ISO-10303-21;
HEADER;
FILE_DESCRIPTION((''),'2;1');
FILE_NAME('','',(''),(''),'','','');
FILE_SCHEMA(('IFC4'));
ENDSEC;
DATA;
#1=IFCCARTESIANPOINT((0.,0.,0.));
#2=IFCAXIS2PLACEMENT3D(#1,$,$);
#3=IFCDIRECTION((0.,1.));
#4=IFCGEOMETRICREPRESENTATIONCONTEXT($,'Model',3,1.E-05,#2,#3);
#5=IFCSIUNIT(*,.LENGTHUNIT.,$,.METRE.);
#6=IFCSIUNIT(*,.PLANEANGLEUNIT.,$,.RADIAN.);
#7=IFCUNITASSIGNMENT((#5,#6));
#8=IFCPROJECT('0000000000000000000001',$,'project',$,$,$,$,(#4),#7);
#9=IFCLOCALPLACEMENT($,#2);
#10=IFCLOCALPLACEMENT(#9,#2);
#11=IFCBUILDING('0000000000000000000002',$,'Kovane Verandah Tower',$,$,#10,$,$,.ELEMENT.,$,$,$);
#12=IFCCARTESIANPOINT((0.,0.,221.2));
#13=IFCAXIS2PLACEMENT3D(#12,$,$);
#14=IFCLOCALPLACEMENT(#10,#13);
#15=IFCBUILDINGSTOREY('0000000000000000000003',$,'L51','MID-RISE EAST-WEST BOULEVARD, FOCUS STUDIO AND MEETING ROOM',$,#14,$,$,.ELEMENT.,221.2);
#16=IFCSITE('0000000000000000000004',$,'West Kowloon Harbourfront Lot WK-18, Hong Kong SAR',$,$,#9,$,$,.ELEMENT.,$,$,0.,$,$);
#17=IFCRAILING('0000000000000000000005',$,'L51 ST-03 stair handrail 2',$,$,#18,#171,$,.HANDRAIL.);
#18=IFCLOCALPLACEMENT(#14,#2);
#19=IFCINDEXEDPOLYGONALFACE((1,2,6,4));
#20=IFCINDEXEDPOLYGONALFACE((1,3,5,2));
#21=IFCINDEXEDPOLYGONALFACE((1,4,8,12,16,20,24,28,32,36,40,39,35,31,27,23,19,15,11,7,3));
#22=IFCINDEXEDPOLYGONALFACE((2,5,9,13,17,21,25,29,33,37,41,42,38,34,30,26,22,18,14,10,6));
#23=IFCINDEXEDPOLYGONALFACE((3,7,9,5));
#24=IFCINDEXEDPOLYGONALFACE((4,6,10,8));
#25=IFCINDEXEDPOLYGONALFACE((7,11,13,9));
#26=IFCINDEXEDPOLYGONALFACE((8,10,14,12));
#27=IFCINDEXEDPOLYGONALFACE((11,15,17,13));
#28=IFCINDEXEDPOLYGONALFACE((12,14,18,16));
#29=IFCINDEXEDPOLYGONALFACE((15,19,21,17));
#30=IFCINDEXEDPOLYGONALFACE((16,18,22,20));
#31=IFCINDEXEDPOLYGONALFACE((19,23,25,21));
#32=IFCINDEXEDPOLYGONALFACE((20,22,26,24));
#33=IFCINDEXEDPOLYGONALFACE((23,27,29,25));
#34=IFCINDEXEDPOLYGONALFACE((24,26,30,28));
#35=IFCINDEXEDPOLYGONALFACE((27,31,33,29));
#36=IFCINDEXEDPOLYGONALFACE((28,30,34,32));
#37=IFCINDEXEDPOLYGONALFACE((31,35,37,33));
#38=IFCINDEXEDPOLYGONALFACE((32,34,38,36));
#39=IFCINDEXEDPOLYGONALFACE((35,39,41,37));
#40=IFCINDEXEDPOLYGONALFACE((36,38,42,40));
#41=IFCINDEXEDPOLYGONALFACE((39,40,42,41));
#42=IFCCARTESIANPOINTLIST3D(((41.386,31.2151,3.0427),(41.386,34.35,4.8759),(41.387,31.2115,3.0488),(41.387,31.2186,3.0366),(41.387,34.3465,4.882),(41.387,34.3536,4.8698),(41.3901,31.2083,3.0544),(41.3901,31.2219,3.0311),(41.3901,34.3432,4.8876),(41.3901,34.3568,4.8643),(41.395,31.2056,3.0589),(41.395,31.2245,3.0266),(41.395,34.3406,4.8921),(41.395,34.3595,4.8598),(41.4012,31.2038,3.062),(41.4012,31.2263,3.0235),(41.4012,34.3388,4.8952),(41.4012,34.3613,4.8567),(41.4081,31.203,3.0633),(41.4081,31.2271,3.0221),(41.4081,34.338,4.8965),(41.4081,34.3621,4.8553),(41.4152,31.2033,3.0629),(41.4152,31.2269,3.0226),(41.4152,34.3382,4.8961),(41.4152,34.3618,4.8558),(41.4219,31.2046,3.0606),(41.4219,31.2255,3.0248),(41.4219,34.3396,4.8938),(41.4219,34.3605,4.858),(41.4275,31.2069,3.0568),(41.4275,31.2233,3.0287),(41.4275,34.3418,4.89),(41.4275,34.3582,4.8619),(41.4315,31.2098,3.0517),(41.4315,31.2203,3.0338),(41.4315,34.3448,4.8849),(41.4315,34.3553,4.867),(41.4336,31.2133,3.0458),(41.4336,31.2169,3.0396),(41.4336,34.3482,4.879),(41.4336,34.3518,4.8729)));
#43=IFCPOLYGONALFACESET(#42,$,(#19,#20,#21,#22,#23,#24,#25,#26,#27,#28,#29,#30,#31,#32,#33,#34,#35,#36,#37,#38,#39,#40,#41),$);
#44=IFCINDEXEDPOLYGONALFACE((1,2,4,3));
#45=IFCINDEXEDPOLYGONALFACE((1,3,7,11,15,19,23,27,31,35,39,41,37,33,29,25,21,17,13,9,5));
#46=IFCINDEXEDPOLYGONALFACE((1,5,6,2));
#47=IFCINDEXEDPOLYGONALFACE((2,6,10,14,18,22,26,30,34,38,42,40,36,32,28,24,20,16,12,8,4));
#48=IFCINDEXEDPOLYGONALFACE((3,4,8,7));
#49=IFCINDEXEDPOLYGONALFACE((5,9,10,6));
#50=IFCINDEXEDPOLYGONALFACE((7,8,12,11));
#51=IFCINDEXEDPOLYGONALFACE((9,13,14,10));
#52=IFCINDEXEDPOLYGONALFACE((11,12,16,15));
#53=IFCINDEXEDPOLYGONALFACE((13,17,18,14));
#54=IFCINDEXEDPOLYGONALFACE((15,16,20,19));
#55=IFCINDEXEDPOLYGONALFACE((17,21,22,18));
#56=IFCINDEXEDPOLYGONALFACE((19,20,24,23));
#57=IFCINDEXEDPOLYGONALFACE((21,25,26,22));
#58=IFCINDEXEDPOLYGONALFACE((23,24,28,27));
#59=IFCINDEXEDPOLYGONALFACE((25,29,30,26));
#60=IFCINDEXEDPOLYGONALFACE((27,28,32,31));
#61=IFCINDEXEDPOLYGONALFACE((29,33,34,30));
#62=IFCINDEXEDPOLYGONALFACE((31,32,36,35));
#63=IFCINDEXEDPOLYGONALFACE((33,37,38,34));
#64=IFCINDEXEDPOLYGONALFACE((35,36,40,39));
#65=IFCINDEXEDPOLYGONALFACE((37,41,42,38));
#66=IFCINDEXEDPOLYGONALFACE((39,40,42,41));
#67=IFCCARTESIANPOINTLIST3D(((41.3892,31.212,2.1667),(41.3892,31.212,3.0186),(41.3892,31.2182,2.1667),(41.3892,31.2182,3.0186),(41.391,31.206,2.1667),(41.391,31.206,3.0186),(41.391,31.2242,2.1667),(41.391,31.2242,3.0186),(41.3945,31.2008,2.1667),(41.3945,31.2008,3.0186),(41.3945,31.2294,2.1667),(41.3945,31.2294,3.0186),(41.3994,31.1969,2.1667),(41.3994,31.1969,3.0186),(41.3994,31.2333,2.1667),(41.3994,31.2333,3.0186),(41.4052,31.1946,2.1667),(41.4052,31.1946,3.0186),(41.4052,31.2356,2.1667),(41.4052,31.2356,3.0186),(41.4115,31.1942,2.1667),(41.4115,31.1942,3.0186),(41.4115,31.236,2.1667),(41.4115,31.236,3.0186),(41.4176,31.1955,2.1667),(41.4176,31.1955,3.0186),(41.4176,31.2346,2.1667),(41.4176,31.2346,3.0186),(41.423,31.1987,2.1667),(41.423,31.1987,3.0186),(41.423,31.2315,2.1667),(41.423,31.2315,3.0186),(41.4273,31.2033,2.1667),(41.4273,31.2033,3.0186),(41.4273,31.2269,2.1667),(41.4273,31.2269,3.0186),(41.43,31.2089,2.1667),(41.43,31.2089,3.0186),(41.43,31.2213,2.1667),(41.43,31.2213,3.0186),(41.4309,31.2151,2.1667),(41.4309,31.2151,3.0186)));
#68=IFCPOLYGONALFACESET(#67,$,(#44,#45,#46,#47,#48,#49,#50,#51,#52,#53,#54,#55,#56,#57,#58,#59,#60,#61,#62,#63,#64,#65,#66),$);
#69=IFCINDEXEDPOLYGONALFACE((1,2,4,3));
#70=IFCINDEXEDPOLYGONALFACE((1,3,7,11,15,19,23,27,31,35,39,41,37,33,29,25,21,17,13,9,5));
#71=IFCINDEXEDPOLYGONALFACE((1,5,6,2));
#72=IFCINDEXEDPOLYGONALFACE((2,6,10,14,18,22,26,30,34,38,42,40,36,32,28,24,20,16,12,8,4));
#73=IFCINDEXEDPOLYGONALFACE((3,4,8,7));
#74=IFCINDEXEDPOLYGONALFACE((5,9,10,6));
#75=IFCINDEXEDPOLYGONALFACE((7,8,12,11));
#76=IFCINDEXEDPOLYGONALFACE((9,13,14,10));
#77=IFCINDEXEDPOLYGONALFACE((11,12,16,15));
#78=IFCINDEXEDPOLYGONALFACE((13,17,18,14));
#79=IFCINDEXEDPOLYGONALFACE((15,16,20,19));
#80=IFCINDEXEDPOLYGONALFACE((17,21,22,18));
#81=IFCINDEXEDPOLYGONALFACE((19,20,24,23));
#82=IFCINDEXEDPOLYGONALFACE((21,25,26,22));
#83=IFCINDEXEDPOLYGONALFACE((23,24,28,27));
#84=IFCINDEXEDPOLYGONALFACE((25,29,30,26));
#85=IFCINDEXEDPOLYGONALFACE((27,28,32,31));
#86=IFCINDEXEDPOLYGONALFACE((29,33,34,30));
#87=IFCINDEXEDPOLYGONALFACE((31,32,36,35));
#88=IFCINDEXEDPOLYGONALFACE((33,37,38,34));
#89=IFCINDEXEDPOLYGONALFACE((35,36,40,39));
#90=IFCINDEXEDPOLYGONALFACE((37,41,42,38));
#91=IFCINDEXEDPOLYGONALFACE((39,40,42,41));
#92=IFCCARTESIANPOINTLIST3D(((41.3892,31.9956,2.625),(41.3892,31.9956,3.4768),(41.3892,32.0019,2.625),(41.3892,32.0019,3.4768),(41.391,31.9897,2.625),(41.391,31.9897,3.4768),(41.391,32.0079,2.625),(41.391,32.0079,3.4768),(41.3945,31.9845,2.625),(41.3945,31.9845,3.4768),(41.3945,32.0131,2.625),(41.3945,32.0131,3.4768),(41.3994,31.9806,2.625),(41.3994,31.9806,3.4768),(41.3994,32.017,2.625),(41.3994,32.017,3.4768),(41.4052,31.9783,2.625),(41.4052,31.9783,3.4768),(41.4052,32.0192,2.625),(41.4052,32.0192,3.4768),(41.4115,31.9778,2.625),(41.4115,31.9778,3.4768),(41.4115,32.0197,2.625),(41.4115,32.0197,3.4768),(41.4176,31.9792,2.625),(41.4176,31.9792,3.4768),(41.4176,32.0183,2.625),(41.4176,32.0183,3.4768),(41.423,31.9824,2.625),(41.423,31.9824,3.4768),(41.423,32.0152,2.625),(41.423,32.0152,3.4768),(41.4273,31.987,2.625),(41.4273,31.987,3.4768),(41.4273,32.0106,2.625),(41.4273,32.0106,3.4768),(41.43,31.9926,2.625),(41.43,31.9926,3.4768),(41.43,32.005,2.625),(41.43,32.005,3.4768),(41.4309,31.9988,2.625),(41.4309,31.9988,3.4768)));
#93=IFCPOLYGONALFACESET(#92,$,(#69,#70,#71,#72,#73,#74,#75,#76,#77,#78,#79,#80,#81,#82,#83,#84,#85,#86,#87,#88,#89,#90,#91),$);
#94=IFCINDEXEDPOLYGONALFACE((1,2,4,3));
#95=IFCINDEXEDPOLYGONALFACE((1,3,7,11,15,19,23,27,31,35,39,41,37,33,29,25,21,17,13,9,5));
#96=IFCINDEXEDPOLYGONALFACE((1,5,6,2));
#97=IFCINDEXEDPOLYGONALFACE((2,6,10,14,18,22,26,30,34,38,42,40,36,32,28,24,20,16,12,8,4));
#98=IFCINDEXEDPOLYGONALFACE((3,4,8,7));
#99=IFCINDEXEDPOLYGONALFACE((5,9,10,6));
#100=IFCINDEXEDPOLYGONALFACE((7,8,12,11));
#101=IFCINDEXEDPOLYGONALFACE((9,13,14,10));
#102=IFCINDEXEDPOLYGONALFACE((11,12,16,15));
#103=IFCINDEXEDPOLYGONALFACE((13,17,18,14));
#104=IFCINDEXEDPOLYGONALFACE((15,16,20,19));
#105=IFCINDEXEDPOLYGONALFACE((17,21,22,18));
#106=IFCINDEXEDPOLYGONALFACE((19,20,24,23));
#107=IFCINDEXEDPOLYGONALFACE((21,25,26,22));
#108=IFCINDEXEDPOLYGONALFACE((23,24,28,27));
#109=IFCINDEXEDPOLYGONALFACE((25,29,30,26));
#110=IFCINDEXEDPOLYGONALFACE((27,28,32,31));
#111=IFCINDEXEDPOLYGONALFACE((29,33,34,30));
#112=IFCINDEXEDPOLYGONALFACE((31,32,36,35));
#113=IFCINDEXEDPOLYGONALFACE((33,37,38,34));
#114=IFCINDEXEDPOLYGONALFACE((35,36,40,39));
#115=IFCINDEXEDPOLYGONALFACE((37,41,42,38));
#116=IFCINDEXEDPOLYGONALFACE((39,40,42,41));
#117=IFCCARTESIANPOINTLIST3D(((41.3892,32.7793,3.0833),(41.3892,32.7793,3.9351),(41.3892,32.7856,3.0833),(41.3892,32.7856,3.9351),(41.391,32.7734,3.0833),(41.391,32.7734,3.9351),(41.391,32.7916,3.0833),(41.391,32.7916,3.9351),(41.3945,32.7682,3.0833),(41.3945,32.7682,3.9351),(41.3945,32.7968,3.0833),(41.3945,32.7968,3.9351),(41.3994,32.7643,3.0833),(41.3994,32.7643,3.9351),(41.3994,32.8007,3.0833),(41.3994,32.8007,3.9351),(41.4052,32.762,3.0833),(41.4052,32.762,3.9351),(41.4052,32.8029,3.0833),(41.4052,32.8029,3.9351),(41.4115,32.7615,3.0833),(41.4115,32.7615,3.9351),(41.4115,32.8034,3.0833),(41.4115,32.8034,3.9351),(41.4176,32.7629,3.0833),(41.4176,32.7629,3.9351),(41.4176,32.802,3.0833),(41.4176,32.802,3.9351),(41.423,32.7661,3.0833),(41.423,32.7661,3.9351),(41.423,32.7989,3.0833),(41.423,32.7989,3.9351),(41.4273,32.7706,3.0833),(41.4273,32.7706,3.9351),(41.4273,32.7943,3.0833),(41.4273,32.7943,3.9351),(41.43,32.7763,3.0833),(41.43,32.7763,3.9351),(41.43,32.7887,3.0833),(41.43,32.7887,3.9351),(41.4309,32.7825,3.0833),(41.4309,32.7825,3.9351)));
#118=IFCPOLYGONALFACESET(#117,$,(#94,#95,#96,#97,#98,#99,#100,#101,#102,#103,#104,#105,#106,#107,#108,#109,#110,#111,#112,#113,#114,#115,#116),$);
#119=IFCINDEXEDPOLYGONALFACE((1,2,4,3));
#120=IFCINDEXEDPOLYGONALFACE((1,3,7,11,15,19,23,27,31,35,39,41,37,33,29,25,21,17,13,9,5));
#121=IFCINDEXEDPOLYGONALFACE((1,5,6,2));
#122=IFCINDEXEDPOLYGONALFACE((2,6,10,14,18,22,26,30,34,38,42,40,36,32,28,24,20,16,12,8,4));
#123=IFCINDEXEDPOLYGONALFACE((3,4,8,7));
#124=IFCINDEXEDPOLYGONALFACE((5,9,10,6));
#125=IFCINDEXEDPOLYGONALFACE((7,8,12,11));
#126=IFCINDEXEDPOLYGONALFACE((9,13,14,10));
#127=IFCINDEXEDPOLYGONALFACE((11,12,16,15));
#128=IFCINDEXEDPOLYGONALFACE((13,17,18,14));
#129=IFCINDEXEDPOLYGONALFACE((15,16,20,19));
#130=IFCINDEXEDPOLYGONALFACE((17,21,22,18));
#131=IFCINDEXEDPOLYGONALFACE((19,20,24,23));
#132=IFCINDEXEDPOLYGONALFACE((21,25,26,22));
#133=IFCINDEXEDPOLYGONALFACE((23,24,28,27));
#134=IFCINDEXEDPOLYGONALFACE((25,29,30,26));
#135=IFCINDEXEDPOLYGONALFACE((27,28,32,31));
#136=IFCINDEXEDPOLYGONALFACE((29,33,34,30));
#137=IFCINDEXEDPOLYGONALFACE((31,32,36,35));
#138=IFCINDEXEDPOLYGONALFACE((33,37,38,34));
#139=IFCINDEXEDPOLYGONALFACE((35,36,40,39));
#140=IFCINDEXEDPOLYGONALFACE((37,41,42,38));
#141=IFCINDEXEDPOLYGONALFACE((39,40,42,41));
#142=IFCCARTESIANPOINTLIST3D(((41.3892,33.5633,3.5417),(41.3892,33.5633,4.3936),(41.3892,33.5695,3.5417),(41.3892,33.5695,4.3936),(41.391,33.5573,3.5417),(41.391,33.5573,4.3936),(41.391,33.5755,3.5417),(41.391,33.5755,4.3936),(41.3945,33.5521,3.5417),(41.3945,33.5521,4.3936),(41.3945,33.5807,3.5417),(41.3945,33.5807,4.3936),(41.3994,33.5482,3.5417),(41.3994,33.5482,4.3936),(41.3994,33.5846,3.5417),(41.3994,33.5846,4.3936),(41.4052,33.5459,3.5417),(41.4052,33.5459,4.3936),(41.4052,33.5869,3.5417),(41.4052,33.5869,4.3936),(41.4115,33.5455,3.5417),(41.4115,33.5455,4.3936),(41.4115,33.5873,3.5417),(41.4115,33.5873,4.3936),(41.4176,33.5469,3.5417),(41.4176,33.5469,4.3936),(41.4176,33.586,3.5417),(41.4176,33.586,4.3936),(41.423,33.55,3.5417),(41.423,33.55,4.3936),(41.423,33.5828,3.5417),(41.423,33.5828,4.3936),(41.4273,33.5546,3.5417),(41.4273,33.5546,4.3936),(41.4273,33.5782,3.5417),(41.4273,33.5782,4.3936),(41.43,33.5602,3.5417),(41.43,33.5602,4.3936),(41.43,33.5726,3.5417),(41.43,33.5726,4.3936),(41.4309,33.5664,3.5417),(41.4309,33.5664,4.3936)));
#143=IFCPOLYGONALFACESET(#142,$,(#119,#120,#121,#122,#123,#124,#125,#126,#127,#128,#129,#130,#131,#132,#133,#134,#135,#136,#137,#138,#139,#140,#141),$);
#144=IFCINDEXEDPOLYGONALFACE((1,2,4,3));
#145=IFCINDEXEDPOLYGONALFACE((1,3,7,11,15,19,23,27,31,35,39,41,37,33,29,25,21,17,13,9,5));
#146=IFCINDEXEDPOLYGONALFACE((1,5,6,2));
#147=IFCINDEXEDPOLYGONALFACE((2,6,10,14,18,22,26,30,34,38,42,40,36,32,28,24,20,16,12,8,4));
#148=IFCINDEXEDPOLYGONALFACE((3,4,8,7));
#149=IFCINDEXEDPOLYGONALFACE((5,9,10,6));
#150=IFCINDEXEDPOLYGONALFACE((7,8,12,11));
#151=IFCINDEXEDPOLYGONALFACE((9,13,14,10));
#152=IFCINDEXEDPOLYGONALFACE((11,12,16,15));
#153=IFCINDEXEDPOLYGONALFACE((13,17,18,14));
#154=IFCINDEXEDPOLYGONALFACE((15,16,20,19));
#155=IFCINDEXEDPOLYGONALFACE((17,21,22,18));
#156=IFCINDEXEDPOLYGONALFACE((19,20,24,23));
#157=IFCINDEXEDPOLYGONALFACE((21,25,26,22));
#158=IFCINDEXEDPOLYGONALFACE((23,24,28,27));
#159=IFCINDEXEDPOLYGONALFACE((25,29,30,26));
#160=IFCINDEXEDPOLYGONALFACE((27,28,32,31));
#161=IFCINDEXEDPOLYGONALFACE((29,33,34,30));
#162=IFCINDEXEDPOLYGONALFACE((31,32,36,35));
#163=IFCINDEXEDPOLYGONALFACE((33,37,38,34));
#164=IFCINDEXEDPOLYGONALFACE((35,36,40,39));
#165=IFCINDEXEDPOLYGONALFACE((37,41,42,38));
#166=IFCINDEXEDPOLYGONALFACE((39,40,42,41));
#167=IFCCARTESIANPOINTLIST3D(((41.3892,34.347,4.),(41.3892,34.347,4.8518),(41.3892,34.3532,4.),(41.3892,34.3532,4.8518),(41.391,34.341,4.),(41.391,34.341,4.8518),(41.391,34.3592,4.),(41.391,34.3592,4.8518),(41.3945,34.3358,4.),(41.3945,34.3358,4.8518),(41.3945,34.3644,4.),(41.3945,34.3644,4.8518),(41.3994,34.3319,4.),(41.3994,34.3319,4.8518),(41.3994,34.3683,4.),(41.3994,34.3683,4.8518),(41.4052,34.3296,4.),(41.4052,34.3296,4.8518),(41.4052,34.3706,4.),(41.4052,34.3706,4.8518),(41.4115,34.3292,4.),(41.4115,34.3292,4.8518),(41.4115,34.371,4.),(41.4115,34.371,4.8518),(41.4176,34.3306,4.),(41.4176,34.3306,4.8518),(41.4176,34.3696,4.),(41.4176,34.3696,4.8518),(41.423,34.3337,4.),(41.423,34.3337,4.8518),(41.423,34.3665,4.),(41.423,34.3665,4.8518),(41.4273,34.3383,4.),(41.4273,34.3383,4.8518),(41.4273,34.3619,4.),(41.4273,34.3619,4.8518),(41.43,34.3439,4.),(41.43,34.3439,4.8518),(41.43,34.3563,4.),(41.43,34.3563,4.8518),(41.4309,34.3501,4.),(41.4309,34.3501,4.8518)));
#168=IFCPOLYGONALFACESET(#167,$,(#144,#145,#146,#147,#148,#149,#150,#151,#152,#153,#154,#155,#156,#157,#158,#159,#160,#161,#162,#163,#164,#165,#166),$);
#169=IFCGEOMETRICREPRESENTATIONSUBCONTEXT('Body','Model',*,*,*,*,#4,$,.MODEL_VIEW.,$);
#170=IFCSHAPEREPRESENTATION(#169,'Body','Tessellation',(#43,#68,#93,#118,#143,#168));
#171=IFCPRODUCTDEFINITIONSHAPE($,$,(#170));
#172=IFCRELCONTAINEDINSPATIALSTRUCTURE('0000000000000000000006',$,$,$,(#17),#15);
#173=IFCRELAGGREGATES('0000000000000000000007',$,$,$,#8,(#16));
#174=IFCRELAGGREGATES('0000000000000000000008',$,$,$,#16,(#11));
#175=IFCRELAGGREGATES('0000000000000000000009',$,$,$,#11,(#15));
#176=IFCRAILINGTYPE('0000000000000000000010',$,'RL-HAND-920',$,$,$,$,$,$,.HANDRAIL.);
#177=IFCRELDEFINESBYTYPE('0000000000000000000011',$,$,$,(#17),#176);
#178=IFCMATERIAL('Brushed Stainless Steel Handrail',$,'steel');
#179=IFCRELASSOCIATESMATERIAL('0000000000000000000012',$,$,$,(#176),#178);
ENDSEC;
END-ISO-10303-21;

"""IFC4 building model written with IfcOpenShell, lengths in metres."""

from ifc_helpers import new_model, si_unit, direction, frame, origin, origin_2d, place, context, subcontext, project, spatial, circle, extrude, material, type_object, element, save


model = new_model("IFC4")

# Units and contexts
model_context = context("Model", 3, precision=1e-05, world=origin(), true_north=direction((0.0, 1.0)))
body_context = subcontext(model_context, "Body", "Model", "MODEL_VIEW")
ifc_project = project(units=[si_unit("LENGTHUNIT", "METRE"), si_unit("PLANEANGLEUNIT", "RADIAN")], contexts=[model_context])

# Site, building, storey
site_placement = place(None, origin())
site = spatial("IfcSite", under=ifc_project, at=site_placement, Name="West Kowloon Harbourfront Lot WK-18, Hong Kong SAR", CompositionType="ELEMENT", RefElevation=0.0)
building_placement = place(site_placement, origin())
building = spatial("IfcBuilding", under=site, at=building_placement, Name="Kovane Verandah Tower", CompositionType="ELEMENT")
storey_placement = place(building_placement, frame((0.0, 0.0, 221.2)))
storey = spatial("IfcBuildingStorey", under=building, at=storey_placement, Name="L51", Description="MID-RISE EAST-WEST BOULEVARD, FOCUS STUDIO AND MEETING ROOM", CompositionType="ELEMENT", Elevation=221.2)

# Railing
ifc_material_1 = material(Name="Brushed Stainless Steel Handrail", Category="steel")
railing_type_1 = type_object("IfcRailingType", Name="RL-HAND-920", PredefinedType="HANDRAIL", material=ifc_material_1)
railing_1_placement = place(storey_placement, frame((41.4099, 31.2151, 2.1667)))
element("IfcRailing", 1, at=railing_1_placement, inside=storey, type_object=railing_type_1, Name="L51 ST-03 stair handrail 2", PredefinedType="HANDRAIL", context=body_context, shape_type="SweptSolid", body=[
    extrude(circle(Radius=0.0239, at=origin_2d()), frame((0.0, 0.0, 0.876), z_axis=(0.0, 0.86324, 0.504794), x_axis=(-1.0, 0.0, 0.0)), (0.0, 0.0, 1.0), 3.6316),
    extrude(circle(Radius=0.021, at=origin_2d()), origin(), (0.0, 0.0, 1.0), 0.8518),
    extrude(circle(Radius=0.021, at=origin_2d()), frame((0.0, 0.7837, 0.4583)), (0.0, 0.0, 1.0), 0.8518),
    extrude(circle(Radius=0.021, at=origin_2d()), frame((0.0, 1.5674, 0.9165)), (0.0, 0.0, 1.0), 0.8518),
    extrude(circle(Radius=0.021, at=origin_2d()), frame((0.0, 2.3513, 1.375)), (0.0, 0.0, 1.0), 0.8518),
    extrude(circle(Radius=0.021, at=origin_2d()), frame((0.0, 3.135, 1.8333)), (0.0, 0.0, 1.0), 0.8518),
])

save(model, "model.ifc")
